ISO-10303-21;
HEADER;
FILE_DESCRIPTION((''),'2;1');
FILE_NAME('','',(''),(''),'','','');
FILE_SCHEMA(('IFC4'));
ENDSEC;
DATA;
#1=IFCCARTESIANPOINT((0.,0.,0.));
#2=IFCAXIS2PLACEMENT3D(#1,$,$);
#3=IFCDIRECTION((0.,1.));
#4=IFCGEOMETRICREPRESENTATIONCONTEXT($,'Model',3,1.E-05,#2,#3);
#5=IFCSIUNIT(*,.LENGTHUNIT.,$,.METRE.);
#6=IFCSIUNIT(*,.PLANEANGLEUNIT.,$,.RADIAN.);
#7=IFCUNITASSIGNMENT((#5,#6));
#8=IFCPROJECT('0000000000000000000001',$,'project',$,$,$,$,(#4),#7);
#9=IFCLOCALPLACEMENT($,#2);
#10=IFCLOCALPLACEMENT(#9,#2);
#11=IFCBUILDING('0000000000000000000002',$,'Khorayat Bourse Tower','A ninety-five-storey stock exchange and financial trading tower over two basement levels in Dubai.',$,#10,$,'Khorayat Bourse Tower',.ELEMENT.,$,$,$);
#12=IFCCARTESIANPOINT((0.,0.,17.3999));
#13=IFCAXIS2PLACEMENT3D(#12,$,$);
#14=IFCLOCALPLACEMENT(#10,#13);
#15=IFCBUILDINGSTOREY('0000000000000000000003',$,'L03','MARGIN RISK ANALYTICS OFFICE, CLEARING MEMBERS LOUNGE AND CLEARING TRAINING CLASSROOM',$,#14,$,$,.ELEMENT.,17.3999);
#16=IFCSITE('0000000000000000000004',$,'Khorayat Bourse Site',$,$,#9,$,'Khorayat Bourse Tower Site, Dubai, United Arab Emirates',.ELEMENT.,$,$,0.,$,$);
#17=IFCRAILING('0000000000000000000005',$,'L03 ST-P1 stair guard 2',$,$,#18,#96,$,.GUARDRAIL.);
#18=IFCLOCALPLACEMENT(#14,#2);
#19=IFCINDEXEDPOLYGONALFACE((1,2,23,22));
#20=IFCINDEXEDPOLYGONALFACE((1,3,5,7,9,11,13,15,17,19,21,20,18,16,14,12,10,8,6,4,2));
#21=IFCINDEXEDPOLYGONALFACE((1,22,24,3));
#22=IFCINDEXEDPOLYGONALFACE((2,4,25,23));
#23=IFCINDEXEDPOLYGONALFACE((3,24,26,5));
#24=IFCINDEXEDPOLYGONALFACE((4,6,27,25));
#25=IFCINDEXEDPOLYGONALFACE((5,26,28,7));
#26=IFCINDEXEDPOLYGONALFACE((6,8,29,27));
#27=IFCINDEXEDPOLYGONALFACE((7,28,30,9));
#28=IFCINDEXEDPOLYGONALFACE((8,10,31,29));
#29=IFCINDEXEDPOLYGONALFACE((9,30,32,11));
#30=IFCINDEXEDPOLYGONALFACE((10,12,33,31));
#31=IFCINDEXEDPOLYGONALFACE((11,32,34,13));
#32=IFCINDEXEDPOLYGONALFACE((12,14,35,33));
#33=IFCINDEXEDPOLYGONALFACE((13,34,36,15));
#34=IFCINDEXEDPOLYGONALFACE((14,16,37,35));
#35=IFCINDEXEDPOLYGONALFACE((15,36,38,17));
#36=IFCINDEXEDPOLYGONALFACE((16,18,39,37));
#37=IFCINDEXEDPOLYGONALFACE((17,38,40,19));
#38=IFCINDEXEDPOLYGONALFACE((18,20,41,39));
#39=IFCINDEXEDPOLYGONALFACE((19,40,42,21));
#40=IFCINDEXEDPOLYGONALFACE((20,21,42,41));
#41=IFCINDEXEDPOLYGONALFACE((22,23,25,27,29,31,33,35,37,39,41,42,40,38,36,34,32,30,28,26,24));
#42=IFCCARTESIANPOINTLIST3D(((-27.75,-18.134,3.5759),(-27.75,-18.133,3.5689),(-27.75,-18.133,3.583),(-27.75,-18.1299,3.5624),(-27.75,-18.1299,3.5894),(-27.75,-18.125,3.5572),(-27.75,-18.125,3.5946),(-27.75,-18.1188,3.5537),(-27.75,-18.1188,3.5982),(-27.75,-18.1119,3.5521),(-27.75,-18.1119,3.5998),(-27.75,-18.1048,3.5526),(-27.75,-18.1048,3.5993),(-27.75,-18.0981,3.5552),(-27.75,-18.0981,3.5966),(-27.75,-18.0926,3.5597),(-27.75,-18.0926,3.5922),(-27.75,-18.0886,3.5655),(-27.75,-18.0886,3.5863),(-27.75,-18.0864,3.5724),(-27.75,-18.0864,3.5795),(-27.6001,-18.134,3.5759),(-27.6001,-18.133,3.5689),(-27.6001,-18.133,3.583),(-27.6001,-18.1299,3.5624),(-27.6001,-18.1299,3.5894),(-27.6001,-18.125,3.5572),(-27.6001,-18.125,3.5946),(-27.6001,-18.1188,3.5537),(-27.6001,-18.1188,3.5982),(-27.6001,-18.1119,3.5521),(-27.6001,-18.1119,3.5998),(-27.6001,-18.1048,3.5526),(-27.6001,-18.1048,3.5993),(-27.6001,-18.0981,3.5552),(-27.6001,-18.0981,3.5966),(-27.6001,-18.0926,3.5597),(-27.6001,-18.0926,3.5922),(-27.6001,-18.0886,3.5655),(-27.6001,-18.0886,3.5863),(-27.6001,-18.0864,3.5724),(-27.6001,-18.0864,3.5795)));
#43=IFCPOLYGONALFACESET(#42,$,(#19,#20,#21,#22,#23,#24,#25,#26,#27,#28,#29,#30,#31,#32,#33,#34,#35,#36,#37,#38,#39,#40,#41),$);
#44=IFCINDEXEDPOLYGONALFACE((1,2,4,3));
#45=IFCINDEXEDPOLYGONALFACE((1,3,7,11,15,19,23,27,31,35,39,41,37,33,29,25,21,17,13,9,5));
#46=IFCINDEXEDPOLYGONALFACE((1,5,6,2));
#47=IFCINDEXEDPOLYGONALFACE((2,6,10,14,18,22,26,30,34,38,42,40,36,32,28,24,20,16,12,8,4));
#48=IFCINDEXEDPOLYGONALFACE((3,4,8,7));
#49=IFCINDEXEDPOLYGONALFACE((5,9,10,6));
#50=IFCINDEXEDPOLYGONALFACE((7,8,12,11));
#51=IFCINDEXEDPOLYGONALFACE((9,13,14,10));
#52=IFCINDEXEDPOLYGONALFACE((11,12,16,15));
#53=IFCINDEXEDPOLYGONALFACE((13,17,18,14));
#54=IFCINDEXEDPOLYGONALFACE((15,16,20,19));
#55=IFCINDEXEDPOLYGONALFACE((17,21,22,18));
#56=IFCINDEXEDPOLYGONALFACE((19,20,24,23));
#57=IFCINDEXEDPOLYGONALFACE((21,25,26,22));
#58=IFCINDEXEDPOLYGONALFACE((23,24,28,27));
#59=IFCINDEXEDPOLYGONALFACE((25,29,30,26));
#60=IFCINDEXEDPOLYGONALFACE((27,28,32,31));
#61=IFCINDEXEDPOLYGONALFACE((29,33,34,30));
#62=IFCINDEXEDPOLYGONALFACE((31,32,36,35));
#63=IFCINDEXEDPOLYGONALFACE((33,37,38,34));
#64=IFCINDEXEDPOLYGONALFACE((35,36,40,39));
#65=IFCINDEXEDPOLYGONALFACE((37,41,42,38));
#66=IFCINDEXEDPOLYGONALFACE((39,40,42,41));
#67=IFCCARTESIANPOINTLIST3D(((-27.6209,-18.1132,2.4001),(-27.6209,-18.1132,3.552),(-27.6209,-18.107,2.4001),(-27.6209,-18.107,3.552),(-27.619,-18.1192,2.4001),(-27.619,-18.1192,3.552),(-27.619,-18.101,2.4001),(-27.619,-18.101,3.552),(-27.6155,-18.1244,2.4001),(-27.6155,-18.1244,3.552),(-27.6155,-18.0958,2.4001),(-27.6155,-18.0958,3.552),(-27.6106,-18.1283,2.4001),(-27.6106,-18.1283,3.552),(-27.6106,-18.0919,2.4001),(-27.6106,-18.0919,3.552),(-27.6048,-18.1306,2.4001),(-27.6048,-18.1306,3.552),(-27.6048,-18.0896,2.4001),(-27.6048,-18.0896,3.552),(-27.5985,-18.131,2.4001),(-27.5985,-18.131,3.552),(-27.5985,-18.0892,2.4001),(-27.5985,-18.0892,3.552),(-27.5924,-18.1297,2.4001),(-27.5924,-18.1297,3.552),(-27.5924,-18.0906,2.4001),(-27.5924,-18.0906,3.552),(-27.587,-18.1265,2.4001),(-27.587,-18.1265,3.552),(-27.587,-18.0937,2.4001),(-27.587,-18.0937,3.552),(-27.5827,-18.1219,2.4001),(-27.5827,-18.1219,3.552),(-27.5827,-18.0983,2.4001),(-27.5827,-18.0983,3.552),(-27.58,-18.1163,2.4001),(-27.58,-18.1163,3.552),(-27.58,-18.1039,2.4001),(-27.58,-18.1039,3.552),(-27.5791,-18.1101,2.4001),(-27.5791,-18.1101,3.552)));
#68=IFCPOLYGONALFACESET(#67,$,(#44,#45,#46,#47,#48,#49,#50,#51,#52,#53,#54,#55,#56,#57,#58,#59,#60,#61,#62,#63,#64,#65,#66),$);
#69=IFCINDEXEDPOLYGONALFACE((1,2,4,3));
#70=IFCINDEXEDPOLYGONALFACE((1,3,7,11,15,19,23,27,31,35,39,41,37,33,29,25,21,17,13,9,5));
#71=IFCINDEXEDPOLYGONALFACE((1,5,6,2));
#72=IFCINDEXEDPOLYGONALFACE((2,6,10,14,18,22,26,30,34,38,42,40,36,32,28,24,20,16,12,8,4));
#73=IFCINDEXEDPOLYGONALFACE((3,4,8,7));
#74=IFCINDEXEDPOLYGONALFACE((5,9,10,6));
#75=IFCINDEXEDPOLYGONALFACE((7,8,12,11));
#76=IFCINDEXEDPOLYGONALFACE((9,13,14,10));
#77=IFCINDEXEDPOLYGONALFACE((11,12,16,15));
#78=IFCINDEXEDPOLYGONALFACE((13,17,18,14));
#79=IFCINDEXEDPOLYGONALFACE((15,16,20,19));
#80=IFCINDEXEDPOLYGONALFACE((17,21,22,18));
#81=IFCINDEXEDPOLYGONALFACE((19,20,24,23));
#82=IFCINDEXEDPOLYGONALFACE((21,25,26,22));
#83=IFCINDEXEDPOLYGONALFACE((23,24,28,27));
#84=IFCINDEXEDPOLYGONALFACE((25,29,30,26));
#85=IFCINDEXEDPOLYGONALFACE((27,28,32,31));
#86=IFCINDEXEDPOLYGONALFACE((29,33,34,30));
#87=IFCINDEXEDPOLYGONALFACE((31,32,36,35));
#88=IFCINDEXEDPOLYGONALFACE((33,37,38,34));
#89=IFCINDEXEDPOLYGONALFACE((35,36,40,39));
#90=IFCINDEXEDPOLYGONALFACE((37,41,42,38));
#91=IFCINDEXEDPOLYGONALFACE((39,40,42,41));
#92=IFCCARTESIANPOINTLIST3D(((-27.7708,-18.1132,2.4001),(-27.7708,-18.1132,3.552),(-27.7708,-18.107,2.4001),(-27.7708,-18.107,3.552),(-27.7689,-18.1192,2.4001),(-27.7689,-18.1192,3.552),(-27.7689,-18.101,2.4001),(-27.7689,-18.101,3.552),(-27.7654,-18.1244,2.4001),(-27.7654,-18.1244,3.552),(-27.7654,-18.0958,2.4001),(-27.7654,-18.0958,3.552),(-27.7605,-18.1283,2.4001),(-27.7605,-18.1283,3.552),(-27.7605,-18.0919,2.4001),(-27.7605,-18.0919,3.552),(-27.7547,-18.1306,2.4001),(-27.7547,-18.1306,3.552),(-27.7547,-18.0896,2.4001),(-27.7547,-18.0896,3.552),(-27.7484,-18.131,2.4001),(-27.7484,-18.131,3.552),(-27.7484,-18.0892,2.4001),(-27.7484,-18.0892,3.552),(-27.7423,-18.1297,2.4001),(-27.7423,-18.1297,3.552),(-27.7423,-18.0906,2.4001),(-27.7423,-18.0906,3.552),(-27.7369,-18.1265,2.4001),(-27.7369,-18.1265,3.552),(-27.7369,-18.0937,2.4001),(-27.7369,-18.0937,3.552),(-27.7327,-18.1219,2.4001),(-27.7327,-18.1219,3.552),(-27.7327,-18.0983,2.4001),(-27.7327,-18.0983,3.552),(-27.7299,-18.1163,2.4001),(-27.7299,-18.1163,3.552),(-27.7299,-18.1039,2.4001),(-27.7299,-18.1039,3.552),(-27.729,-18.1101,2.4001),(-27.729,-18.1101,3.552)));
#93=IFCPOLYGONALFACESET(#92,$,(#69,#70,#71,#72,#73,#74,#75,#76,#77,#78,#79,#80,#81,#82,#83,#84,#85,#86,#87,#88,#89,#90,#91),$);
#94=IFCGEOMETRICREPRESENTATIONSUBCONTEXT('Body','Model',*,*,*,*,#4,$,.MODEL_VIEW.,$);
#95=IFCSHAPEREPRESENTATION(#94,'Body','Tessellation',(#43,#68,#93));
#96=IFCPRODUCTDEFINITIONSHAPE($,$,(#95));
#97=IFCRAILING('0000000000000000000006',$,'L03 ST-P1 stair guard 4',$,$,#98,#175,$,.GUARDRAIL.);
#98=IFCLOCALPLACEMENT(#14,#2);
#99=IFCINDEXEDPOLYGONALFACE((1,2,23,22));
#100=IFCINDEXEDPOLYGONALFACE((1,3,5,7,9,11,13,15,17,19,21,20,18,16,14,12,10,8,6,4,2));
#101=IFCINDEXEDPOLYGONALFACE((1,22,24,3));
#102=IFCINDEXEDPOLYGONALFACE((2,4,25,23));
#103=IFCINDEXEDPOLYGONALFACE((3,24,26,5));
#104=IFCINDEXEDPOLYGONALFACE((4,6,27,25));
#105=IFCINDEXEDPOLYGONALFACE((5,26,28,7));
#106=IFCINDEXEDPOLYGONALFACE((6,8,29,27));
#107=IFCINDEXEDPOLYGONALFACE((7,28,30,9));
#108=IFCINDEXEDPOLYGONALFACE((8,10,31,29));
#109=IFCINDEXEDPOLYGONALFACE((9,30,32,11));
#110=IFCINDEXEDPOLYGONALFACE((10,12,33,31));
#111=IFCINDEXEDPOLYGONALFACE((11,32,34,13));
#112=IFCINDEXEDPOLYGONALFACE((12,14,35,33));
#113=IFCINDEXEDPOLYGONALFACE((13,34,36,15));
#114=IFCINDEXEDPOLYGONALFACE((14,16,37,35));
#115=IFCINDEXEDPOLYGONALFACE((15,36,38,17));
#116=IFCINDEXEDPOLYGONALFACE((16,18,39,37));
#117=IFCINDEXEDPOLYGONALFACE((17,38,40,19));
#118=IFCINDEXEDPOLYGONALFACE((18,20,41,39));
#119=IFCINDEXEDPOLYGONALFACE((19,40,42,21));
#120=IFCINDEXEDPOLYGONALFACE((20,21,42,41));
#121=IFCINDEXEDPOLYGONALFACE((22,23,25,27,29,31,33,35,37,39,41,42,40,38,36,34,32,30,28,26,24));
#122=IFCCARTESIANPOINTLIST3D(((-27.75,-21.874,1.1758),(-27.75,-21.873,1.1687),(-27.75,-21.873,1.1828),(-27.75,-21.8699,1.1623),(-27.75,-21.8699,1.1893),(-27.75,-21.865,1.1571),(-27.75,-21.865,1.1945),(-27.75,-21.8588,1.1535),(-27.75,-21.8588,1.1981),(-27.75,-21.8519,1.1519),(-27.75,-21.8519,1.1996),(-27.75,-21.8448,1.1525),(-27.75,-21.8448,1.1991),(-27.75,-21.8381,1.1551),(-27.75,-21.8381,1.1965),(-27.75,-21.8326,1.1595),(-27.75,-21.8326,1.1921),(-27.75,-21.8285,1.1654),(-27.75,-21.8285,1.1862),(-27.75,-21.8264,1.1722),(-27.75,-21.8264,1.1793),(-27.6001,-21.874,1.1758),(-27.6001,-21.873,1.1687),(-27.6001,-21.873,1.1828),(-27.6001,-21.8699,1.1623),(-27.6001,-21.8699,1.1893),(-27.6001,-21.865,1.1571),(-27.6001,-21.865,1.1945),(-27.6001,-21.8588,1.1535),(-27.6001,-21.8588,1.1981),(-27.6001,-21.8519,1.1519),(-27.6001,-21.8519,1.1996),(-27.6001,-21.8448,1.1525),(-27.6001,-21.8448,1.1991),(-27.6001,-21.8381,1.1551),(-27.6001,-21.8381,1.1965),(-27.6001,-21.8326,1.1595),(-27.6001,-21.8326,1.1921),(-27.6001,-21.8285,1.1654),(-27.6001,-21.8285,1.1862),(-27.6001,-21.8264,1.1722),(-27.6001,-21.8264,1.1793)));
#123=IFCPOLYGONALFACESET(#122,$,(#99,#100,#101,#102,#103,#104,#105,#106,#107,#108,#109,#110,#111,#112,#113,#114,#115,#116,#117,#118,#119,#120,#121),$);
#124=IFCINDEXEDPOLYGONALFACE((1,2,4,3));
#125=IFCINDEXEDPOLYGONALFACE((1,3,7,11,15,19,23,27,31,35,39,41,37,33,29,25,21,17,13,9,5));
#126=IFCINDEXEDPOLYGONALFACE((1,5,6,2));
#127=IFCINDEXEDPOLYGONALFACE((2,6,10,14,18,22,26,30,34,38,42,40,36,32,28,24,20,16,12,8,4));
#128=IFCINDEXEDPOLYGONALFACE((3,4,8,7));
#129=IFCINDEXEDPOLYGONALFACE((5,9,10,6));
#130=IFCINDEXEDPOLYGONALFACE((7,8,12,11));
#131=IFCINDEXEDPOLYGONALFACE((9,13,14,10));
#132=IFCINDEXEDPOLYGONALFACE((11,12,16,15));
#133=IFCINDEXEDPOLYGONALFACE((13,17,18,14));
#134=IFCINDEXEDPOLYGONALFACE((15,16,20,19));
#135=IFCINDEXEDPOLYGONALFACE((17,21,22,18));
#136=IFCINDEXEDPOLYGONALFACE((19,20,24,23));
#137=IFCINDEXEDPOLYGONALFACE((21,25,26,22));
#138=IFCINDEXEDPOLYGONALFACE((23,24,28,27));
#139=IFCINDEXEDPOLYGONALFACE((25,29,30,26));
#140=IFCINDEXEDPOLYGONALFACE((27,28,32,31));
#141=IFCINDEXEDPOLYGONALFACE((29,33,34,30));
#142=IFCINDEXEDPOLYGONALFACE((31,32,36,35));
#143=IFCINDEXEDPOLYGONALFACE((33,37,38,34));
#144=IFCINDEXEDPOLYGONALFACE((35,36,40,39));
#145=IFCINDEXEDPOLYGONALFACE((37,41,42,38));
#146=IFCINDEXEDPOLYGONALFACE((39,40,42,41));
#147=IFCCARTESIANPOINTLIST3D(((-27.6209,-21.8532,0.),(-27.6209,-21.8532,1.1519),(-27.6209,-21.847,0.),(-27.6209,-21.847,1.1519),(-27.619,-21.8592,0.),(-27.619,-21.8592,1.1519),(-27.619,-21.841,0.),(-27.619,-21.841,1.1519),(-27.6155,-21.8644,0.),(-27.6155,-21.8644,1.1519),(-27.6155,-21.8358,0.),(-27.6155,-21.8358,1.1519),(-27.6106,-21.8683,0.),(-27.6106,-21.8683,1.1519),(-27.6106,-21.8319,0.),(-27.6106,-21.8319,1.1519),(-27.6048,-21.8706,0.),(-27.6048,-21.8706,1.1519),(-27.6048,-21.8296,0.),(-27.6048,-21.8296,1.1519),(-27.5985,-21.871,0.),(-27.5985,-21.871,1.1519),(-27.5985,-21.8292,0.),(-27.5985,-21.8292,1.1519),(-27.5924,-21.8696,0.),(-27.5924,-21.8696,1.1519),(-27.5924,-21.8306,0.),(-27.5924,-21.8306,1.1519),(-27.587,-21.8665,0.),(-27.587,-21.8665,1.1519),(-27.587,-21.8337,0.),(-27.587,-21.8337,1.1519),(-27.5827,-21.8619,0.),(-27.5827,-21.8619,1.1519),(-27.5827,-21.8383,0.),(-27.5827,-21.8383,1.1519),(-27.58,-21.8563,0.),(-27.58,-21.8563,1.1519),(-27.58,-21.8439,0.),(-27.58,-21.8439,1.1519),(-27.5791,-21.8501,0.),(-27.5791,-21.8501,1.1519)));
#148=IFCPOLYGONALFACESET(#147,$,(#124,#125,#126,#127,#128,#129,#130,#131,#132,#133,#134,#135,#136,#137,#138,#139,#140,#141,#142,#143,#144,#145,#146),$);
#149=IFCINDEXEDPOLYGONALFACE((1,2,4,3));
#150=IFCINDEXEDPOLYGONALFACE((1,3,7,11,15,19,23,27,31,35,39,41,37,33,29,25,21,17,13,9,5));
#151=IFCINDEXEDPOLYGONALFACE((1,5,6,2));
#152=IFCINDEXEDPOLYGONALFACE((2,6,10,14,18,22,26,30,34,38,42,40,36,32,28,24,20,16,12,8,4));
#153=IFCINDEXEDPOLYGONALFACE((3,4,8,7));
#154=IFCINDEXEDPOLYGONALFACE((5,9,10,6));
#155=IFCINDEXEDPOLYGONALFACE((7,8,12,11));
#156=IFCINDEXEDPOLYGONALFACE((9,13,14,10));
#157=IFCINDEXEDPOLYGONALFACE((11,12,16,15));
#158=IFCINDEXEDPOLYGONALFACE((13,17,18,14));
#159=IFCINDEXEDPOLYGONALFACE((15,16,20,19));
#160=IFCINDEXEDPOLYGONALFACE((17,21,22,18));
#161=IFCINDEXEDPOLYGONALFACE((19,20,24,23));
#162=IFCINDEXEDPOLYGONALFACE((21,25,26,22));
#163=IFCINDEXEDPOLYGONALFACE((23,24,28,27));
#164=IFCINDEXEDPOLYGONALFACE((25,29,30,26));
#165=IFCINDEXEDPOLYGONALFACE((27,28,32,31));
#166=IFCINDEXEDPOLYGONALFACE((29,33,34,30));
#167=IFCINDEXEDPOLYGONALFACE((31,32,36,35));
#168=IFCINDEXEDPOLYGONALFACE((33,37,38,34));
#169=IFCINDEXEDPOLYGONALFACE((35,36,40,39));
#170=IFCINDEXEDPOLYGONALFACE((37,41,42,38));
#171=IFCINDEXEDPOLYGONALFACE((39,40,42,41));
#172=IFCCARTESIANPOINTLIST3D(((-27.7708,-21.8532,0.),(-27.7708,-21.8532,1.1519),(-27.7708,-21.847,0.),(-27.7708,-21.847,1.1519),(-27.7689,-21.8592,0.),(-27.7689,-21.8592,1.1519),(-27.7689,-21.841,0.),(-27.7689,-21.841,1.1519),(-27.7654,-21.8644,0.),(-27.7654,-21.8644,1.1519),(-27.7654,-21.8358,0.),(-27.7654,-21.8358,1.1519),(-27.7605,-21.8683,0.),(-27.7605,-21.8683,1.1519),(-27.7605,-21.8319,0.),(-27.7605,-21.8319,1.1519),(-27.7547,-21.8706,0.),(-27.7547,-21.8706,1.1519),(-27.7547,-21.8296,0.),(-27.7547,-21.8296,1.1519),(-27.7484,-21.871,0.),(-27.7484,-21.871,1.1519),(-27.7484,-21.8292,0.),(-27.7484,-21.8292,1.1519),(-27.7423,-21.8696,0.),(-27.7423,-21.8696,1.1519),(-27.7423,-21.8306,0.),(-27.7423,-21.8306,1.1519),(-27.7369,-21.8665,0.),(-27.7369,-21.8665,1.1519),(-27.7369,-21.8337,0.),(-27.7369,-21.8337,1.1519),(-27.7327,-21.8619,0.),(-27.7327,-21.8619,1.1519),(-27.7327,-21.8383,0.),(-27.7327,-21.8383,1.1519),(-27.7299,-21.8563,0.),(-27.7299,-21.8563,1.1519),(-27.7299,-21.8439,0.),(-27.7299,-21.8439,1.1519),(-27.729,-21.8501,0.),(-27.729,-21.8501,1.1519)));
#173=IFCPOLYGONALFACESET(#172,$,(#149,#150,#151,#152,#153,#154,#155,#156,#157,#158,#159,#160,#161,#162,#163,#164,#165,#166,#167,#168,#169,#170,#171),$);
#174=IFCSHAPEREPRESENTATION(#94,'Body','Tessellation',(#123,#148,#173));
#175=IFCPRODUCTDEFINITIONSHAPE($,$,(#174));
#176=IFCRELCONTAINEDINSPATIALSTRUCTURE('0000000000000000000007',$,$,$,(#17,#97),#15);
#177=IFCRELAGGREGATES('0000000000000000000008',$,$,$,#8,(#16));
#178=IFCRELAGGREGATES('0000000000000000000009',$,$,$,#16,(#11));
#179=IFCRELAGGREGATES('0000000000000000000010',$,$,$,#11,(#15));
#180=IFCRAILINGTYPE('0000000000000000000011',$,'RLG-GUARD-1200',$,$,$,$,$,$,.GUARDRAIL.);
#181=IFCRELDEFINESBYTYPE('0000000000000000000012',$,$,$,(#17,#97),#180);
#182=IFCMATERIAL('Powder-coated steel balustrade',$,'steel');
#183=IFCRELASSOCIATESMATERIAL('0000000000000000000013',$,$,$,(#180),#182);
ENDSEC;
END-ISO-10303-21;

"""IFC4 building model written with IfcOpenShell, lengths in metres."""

from ifc_helpers import new_model, si_unit, direction, frame, origin, origin_2d, place, context, subcontext, project, spatial, circle, extrude, source, transform, mapped, material, type_object, element, save


model = new_model("IFC4")

# Units and contexts
model_context = context("Model", 3, precision=1e-05, world=origin(), true_north=direction((0.0, 1.0)))
body_context = subcontext(model_context, "Body", "Model", "MODEL_VIEW")
ifc_project = project(units=[si_unit("LENGTHUNIT", "METRE"), si_unit("PLANEANGLEUNIT", "RADIAN")], contexts=[model_context])

# Site, building, storey
site_placement = place(None, origin())
site = spatial("IfcSite", under=ifc_project, at=site_placement, Name="Khorayat Bourse Site", LongName="Khorayat Bourse Tower Site, Dubai, United Arab Emirates", CompositionType="ELEMENT", RefElevation=0.0)
building_placement = place(site_placement, origin())
building = spatial("IfcBuilding", under=site, at=building_placement, Name="Khorayat Bourse Tower", Description="A ninety-five-storey stock exchange and financial trading tower over two basement levels in Dubai.", LongName="Khorayat Bourse Tower", CompositionType="ELEMENT")
storey_placement = place(building_placement, frame((0.0, 0.0, 17.3999)))
storey = spatial("IfcBuildingStorey", under=building, at=storey_placement, Name="L03", Description="MARGIN RISK ANALYTICS OFFICE, CLEARING MEMBERS LOUNGE AND CLEARING TRAINING CLASSROOM", CompositionType="ELEMENT", Elevation=17.3999)

# Railings
ifc_material_1 = material(Name="Powder-coated steel balustrade", Category="steel")
railing_type_1 = type_object("IfcRailingType", Name="RLG-GUARD-1200", PredefinedType="GUARDRAIL", material=ifc_material_1)
shared_shape_1 = source(origin(), body_context, "Body", "SweptSolid", [
    extrude(circle(Radius=0.0239, at=origin_2d()), frame((0.0, 0.0, 1.1758), z_axis=(-1.0, 0.0, 0.0), x_axis=(0.0, -1.0, 0.0)), (0.0, 0.0, 1.0), 0.1499),
    extrude(circle(Radius=0.021, at=origin_2d()), origin(), (0.0, 0.0, 1.0), 1.1519),
    extrude(circle(Radius=0.021, at=origin_2d()), frame((-0.1499, 0.0, 0.0)), (0.0, 0.0, 1.0), 1.1519),
])
for number, where, name in (
    (1, (-27.6001, -18.1101, 2.4001), "L03 ST-P1 stair guard 2"),
    (2, (-27.6001, -21.8501, 0.0), "L03 ST-P1 stair guard 4"),
):
    element("IfcRailing", number, at=place(storey_placement, frame(where)), inside=storey, type_object=railing_type_1, Name=name, PredefinedType="GUARDRAIL", context=body_context, shape_type="MappedRepresentation", body=[
        mapped(shared_shape_1, transform((0.0, 0.0, 0.0), scale=1.0)),
    ])

save(model, "model.ifc")
